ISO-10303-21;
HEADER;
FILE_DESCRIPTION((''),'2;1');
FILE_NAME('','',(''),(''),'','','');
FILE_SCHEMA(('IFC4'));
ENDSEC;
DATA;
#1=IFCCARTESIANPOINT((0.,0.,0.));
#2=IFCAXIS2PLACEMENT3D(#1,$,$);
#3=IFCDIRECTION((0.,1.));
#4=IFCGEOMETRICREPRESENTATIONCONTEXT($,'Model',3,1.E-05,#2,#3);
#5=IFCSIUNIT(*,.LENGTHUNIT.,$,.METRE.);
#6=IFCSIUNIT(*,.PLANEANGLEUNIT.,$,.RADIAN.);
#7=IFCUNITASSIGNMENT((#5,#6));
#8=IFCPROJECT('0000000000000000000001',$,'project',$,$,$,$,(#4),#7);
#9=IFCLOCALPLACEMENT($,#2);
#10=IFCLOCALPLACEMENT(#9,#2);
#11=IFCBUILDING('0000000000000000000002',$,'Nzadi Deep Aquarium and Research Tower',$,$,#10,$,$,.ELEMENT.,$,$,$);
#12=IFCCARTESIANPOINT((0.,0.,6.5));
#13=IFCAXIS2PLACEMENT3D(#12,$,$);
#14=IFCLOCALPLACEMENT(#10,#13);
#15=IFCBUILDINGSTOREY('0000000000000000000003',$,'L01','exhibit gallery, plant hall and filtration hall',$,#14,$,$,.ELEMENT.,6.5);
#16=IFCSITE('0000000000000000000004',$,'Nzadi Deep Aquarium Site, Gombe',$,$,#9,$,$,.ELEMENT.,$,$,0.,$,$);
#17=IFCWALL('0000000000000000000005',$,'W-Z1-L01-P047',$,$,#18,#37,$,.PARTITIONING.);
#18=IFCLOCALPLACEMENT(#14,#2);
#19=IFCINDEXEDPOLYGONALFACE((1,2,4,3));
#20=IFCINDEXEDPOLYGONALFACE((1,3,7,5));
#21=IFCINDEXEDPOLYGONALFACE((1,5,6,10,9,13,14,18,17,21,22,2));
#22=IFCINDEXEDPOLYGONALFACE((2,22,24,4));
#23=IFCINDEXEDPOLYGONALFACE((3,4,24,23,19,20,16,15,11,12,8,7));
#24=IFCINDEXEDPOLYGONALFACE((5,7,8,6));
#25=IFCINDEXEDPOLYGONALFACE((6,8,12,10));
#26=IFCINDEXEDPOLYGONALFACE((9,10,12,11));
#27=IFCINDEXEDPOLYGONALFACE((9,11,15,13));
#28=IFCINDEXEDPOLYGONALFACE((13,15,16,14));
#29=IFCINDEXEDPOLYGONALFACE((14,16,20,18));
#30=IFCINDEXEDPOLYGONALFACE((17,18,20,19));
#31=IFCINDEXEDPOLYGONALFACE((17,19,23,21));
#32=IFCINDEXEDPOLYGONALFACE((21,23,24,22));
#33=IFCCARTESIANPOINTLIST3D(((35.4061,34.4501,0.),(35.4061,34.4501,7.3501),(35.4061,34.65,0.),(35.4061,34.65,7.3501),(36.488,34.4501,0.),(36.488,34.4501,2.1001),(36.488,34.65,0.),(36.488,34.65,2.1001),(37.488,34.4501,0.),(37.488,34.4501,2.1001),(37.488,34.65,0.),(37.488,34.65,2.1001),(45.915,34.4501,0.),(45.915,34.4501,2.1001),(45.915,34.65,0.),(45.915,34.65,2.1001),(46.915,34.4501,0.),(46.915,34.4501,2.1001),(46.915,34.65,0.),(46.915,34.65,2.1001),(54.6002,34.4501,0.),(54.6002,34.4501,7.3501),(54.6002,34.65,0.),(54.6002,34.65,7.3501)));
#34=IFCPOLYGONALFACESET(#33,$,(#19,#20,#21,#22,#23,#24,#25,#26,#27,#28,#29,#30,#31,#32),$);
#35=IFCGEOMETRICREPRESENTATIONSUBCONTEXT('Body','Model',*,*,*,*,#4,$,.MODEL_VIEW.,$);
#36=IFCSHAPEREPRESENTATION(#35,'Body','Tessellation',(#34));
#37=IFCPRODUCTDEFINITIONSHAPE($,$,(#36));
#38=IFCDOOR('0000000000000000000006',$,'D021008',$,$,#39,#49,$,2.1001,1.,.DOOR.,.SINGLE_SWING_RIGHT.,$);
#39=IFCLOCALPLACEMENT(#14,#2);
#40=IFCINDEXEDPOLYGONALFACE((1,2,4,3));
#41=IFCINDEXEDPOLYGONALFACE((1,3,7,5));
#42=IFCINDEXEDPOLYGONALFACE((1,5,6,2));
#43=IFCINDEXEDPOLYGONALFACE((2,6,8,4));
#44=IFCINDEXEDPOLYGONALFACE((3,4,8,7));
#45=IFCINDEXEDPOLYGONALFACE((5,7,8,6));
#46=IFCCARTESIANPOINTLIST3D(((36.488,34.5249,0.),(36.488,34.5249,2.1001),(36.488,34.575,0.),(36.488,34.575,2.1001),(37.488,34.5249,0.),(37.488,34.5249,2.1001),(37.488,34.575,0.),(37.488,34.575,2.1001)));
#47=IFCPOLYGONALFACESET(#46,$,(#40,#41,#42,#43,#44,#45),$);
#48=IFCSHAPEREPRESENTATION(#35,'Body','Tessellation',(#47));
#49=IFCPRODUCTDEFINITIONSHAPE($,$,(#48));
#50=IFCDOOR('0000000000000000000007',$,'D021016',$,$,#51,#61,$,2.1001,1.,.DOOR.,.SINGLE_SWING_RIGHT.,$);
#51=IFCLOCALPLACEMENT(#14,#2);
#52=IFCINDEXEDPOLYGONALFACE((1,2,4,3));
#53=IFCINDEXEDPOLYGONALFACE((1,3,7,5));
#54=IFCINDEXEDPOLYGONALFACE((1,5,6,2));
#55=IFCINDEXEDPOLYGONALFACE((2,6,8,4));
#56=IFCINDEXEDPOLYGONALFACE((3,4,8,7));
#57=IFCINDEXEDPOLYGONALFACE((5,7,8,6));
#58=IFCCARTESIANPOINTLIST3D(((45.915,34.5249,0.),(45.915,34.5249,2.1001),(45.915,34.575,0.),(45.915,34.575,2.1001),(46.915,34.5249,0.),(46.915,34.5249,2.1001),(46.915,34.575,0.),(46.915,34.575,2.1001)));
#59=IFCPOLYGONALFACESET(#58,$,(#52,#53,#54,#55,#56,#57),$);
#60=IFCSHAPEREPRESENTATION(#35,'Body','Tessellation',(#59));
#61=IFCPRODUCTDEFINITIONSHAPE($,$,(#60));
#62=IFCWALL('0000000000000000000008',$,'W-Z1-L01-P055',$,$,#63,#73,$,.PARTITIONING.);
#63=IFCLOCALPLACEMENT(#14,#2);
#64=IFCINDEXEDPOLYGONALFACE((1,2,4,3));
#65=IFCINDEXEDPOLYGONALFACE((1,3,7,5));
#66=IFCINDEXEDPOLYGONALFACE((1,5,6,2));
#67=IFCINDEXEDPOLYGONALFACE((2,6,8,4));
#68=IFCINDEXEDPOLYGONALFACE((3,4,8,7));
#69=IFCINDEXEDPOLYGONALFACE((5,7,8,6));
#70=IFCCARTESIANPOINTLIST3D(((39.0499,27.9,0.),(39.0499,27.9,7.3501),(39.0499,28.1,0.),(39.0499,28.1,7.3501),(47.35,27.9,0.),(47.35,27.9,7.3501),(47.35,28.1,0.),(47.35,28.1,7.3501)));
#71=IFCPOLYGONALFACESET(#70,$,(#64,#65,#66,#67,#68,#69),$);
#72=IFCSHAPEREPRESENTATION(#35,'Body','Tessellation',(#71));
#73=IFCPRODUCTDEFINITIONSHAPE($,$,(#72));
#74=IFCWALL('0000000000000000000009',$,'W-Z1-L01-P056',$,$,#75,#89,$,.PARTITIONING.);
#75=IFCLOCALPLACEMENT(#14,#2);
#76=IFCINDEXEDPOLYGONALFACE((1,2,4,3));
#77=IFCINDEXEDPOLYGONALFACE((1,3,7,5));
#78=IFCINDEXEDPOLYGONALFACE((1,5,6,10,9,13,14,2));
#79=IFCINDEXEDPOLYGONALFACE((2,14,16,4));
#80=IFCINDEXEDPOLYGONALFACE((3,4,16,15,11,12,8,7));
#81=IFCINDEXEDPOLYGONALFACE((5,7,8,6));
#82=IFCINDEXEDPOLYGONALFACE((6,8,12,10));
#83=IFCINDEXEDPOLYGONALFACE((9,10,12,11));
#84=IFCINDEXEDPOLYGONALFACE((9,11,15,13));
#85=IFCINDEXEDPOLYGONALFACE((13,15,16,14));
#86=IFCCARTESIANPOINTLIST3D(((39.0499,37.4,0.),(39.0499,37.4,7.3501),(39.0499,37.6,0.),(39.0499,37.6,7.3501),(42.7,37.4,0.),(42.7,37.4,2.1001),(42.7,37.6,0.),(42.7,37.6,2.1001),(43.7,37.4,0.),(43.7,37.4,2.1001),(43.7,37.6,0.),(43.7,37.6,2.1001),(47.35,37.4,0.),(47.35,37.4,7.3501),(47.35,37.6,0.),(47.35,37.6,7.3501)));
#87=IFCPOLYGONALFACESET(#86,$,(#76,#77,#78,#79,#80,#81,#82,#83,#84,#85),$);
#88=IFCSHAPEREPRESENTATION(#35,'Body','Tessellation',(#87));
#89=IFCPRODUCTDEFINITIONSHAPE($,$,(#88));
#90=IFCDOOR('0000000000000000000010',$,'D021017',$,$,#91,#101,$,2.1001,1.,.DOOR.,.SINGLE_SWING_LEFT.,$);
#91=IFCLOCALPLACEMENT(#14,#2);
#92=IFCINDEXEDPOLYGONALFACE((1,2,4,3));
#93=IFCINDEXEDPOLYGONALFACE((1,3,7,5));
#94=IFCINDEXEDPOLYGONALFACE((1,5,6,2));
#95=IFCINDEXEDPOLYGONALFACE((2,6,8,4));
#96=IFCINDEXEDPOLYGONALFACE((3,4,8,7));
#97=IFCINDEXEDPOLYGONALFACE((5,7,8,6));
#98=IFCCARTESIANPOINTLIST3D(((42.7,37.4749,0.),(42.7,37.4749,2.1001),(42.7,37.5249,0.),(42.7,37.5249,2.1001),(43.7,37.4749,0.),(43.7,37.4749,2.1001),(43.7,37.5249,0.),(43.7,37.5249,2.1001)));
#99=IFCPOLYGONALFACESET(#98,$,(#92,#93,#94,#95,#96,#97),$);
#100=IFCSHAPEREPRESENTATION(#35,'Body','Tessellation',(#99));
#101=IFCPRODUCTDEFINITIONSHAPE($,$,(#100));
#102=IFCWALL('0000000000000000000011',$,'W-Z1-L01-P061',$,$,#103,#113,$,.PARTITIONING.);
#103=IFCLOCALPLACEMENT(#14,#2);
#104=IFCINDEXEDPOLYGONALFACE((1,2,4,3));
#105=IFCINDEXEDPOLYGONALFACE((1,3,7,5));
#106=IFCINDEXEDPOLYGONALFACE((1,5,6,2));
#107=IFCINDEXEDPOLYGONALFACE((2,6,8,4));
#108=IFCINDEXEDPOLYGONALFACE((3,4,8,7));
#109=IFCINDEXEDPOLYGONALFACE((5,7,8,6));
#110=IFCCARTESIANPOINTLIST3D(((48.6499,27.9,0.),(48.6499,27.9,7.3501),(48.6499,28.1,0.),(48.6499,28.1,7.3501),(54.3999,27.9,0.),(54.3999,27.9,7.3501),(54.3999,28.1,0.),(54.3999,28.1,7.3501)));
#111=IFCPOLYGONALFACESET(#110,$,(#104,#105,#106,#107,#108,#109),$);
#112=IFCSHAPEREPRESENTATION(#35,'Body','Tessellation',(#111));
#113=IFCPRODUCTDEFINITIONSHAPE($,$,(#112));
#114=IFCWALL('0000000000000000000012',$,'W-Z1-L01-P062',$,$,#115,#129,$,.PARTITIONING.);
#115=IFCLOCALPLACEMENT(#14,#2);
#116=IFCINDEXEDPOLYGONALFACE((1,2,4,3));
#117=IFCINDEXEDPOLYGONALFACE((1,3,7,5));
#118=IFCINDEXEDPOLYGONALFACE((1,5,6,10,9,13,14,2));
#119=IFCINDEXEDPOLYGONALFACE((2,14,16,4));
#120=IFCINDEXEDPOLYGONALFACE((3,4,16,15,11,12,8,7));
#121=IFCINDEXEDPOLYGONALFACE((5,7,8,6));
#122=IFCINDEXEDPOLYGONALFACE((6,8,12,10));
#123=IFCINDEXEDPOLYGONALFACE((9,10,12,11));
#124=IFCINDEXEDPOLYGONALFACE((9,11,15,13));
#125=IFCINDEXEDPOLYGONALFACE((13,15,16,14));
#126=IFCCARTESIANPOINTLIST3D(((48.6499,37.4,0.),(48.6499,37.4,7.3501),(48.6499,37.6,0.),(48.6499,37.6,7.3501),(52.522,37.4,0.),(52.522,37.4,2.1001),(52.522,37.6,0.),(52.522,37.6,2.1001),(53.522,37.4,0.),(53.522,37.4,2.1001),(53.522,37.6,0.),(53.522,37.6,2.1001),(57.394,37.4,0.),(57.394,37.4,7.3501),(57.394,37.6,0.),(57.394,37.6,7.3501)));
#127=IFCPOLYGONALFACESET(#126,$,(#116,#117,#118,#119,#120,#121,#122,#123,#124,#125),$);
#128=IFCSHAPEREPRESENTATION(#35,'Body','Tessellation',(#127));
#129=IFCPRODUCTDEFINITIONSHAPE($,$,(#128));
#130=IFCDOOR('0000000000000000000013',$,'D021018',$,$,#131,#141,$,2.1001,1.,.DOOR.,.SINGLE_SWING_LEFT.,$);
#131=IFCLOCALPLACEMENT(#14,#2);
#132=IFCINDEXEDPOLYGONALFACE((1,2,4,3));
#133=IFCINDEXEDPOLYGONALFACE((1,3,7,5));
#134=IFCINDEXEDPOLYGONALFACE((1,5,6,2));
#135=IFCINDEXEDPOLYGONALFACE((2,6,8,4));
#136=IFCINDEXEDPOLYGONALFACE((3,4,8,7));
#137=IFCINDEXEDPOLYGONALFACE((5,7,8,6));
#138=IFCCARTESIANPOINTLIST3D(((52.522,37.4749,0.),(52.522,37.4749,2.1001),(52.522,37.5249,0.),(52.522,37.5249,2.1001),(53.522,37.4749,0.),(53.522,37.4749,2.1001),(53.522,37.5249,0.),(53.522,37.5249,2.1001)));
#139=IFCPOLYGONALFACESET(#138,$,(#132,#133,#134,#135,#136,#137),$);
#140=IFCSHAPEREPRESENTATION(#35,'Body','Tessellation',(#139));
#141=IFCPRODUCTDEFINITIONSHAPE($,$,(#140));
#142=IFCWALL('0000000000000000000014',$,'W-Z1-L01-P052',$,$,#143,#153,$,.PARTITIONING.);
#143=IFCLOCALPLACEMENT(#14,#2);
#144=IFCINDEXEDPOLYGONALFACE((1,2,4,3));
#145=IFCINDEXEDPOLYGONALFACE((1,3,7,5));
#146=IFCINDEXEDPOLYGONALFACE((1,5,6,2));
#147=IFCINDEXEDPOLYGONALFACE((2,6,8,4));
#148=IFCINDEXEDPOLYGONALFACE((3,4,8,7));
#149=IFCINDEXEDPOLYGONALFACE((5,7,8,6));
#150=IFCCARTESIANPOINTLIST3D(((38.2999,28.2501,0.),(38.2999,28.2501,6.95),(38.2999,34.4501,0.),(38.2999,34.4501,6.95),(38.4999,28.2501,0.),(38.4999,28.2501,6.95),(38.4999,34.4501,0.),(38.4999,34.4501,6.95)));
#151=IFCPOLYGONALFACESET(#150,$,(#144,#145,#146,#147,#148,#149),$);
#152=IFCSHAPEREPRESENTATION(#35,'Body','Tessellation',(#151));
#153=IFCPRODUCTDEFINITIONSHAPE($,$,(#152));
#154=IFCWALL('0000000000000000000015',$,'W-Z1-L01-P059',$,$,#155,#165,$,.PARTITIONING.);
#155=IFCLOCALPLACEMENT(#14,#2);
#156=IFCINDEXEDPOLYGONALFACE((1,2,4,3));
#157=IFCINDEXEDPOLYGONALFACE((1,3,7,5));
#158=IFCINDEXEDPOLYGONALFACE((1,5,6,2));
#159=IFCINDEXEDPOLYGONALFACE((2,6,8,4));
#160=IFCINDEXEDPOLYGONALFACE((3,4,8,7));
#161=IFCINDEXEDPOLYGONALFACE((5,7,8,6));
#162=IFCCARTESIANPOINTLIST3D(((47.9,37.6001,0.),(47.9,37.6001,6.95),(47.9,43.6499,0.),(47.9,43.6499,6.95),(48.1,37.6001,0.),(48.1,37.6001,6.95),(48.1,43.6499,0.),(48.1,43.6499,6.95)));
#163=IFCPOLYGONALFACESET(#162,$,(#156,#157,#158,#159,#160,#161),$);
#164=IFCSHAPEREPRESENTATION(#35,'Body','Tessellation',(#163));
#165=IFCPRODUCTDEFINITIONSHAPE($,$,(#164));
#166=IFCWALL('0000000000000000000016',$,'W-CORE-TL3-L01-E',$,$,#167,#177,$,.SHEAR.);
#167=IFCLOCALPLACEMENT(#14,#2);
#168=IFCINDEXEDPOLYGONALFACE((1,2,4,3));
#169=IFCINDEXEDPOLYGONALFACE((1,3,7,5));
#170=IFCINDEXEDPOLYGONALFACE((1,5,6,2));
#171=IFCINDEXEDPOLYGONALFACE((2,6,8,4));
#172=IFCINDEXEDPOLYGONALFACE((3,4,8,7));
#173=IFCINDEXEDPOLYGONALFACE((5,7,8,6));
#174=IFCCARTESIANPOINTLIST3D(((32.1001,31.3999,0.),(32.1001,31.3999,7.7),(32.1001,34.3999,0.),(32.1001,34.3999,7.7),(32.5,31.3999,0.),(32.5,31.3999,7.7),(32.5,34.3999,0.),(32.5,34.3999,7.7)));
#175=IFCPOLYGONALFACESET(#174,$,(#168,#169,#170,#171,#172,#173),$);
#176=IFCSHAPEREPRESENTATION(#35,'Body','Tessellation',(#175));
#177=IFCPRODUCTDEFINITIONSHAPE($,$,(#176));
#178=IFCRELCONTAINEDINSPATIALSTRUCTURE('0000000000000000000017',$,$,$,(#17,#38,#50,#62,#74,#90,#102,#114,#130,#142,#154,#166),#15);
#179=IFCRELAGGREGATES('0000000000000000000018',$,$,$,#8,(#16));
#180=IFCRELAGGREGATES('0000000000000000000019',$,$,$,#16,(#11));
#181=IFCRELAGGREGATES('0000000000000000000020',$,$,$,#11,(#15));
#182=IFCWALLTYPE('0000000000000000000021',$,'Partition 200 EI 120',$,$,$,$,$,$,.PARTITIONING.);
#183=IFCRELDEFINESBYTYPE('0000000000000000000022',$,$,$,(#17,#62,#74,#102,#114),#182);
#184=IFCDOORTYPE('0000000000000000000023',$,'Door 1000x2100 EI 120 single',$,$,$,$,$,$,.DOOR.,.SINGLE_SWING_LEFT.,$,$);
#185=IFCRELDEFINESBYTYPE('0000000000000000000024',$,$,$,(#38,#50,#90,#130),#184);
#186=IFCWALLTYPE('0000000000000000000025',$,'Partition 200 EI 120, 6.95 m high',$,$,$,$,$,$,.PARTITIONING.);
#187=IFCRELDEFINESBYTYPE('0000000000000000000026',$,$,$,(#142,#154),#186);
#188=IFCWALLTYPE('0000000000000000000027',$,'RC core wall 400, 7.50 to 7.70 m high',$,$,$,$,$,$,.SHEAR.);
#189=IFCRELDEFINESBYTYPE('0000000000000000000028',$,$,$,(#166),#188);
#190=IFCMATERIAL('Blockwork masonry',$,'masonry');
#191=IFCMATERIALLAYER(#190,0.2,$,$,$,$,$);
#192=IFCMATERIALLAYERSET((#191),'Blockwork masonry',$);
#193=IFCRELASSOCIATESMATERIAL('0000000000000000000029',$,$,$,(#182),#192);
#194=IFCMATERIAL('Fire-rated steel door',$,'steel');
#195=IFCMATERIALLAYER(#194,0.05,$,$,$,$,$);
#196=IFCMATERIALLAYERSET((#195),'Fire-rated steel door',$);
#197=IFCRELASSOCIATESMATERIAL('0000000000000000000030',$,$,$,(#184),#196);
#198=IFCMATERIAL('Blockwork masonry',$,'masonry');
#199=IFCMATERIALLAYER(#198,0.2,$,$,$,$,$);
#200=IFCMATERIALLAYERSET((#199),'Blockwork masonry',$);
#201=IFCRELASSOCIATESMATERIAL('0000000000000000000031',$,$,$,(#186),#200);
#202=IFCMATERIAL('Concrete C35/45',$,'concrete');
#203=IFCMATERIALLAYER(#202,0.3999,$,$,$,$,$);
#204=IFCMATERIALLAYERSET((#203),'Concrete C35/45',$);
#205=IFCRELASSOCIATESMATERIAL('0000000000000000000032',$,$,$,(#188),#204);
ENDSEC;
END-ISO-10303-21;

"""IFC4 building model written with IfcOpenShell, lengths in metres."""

from ifc_helpers import new_model, si_unit, direction, frame, frame_2d, origin, place, context, subcontext, project, spatial, rectangle, extrude, material, layer, layer_set, type_object, element, fill, save


model = new_model("IFC4")

# Units and contexts
model_context = context("Model", 3, precision=1e-05, world=origin(), true_north=direction((0.0, 1.0)))
body_context = subcontext(model_context, "Body", "Model", "MODEL_VIEW")
ifc_project = project(units=[si_unit("LENGTHUNIT", "METRE"), si_unit("PLANEANGLEUNIT", "RADIAN")], contexts=[model_context])

# Site, building, storey
site_placement = place(None, origin())
site = spatial("IfcSite", under=ifc_project, at=site_placement, Name="Nzadi Deep Aquarium Site, Gombe", CompositionType="ELEMENT", RefElevation=0.0)
building_placement = place(site_placement, origin())
building = spatial("IfcBuilding", under=site, at=building_placement, Name="Nzadi Deep Aquarium and Research Tower", CompositionType="ELEMENT")
storey_placement = place(building_placement, frame((0.0, 0.0, 6.5)))
storey = spatial("IfcBuildingStorey", under=building, at=storey_placement, Name="L01", Description="exhibit gallery, plant hall and filtration hall", CompositionType="ELEMENT", Elevation=6.5)

# Shared definitions
ifc_material_1 = material(Name="Blockwork masonry", Category="masonry")
ifc_layer_1 = layer(ifc_material_1, 0.2)
ifc_layer_set_1 = layer_set([ifc_layer_1], Name="Blockwork masonry")
wall_type_1 = type_object("IfcWallType", Name="Partition 200 EI 120", PredefinedType="PARTITIONING", material=ifc_layer_set_1)

# Wall, openings, doors
wall_1_placement = place(storey_placement, frame((35.406, 34.55, 0.0), z_axis=(0.0, 0.0, 1.0), x_axis=(1.0, 0.0, 0.0)))
wall_1 = element("IfcWall", 1, at=wall_1_placement, inside=storey, type_object=wall_type_1, Name="W-Z1-L01-P047", PredefinedType="PARTITIONING", context=body_context, shape_type="SweptSolid", body=[
    extrude(rectangle(XDim=19.1941, YDim=0.2, at=frame_2d((9.5972, 0.0))), origin(), (0.0, 0.0, 1.0), 7.3501),
])
opening_1_placement = place(wall_1_placement, frame((1.082, 0.0, 0.0)))
opening_1 = element("IfcOpeningElement", 2, at=opening_1_placement, cuts=wall_1, PredefinedType="OPENING", context=body_context, shape_type="SweptSolid", body=[
    extrude(rectangle(XDim=1.0, YDim=2.1001, at=frame_2d((0.5, 1.05))), frame((0.0, 0.1101, 0.0), z_axis=(0.0, -1.0, 0.0), x_axis=(1.0, 0.0, 0.0)), (0.0, 0.0, 1.0), 0.2202),
])
opening_2_placement = place(wall_1_placement, frame((10.509, 0.0, 0.0)))
opening_2 = element("IfcOpeningElement", 3, at=opening_2_placement, cuts=wall_1, PredefinedType="OPENING", context=body_context, shape_type="SweptSolid", body=[
    extrude(rectangle(XDim=1.0, YDim=2.1001, at=frame_2d((0.5, 1.05))), frame((0.0, 0.1101, 0.0), z_axis=(0.0, -1.0, 0.0), x_axis=(1.0, 0.0, 0.0)), (0.0, 0.0, 1.0), 0.2202),
])
ifc_material_2 = material(Name="Fire-rated steel door", Category="steel")
ifc_layer_2 = layer(ifc_material_2, 0.05)
ifc_layer_set_2 = layer_set([ifc_layer_2], Name="Fire-rated steel door")
door_type_1 = type_object("IfcDoorType", Name="Door 1000x2100 EI 120 single", OperationType="SINGLE_SWING_LEFT", PredefinedType="DOOR", material=ifc_layer_set_2)
door_1_placement = place(opening_1_placement, origin())
door_1 = element("IfcDoor", 4, at=door_1_placement, inside=storey, type_object=door_type_1, Name="D021008", OperationType="SINGLE_SWING_RIGHT", OverallHeight=2.1001, OverallWidth=1.0, PredefinedType="DOOR", context=body_context, shape_type="SweptSolid", body=[
    extrude(rectangle(XDim=1.0, YDim=2.1001, at=frame_2d((0.5, 1.05))), frame((0.0, 0.0249, 0.0), z_axis=(0.0, -1.0, 0.0), x_axis=(1.0, 0.0, 0.0)), (0.0, 0.0, 1.0), 0.05),
])
fill(opening_1, door_1)
door_2_placement = place(opening_2_placement, origin())
door_2 = element("IfcDoor", 5, at=door_2_placement, inside=storey, type_object=door_type_1, Name="D021016", OperationType="SINGLE_SWING_RIGHT", OverallHeight=2.1001, OverallWidth=1.0, PredefinedType="DOOR", context=body_context, shape_type="SweptSolid", body=[
    extrude(rectangle(XDim=1.0, YDim=2.1001, at=frame_2d((0.5, 1.05))), frame((0.0, 0.0249, 0.0), z_axis=(0.0, -1.0, 0.0), x_axis=(1.0, 0.0, 0.0)), (0.0, 0.0, 1.0), 0.05),
])
fill(opening_2, door_2)

# Wall
wall_2_placement = place(storey_placement, frame((39.05, 28.0, 0.0), z_axis=(0.0, 0.0, 1.0), x_axis=(1.0, 0.0, 0.0)))
element("IfcWall", 6, at=wall_2_placement, inside=storey, type_object=wall_type_1, Name="W-Z1-L01-P055", PredefinedType="PARTITIONING", context=body_context, shape_type="SweptSolid", body=[
    extrude(rectangle(XDim=8.3, YDim=0.2, at=frame_2d((4.1499, 0.0))), origin(), (0.0, 0.0, 1.0), 7.3501),
])

# Wall, opening, door
wall_3_placement = place(storey_placement, frame((39.05, 37.5, 0.0), z_axis=(0.0, 0.0, 1.0), x_axis=(1.0, 0.0, 0.0)))
wall_3 = element("IfcWall", 7, at=wall_3_placement, inside=storey, type_object=wall_type_1, Name="W-Z1-L01-P056", PredefinedType="PARTITIONING", context=body_context, shape_type="SweptSolid", body=[
    extrude(rectangle(XDim=8.3, YDim=0.2, at=frame_2d((4.1499, 0.0))), origin(), (0.0, 0.0, 1.0), 7.3501),
])
opening_3_placement = place(wall_3_placement, frame((3.6499, 0.0, 0.0)))
opening_3 = element("IfcOpeningElement", 8, at=opening_3_placement, cuts=wall_3, PredefinedType="OPENING", context=body_context, shape_type="SweptSolid", body=[
    extrude(rectangle(XDim=1.0, YDim=2.1001, at=frame_2d((0.5, 1.05))), frame((0.0, 0.1101, 0.0), z_axis=(0.0, -1.0, 0.0), x_axis=(1.0, 0.0, 0.0)), (0.0, 0.0, 1.0), 0.2202),
])
door_3_placement = place(opening_3_placement, origin())
door_3 = element("IfcDoor", 9, at=door_3_placement, inside=storey, type_object=door_type_1, Name="D021017", OperationType="SINGLE_SWING_LEFT", OverallHeight=2.1001, OverallWidth=1.0, PredefinedType="DOOR", context=body_context, shape_type="SweptSolid", body=[
    extrude(rectangle(XDim=1.0, YDim=2.1001, at=frame_2d((0.5, 1.05))), frame((0.0, 0.0249, 0.0), z_axis=(0.0, -1.0, 0.0), x_axis=(1.0, 0.0, 0.0)), (0.0, 0.0, 1.0), 0.05),
])
fill(opening_3, door_3)

# Wall
wall_4_placement = place(storey_placement, frame((48.6499, 28.0, 0.0), z_axis=(0.0, 0.0, 1.0), x_axis=(1.0, 0.0, 0.0)))
element("IfcWall", 10, at=wall_4_placement, inside=storey, type_object=wall_type_1, Name="W-Z1-L01-P061", PredefinedType="PARTITIONING", context=body_context, shape_type="SweptSolid", body=[
    extrude(rectangle(XDim=5.75, YDim=0.2, at=frame_2d((2.875, 0.0))), origin(), (0.0, 0.0, 1.0), 7.3501),
])

# Wall, opening, door
wall_5_placement = place(storey_placement, frame((48.6499, 37.5, 0.0), z_axis=(0.0, 0.0, 1.0), x_axis=(1.0, 0.0, 0.0)))
wall_5 = element("IfcWall", 11, at=wall_5_placement, inside=storey, type_object=wall_type_1, Name="W-Z1-L01-P062", PredefinedType="PARTITIONING", context=body_context, shape_type="SweptSolid", body=[
    extrude(rectangle(XDim=8.7441, YDim=0.2, at=frame_2d((4.3721, 0.0))), origin(), (0.0, 0.0, 1.0), 7.3501),
])
opening_4_placement = place(wall_5_placement, frame((3.8721, 0.0, 0.0)))
opening_4 = element("IfcOpeningElement", 12, at=opening_4_placement, cuts=wall_5, PredefinedType="OPENING", context=body_context, shape_type="SweptSolid", body=[
    extrude(rectangle(XDim=1.0, YDim=2.1001, at=frame_2d((0.5, 1.05))), frame((0.0, 0.1101, 0.0), z_axis=(0.0, -1.0, 0.0), x_axis=(1.0, 0.0, 0.0)), (0.0, 0.0, 1.0), 0.2202),
])
door_4_placement = place(opening_4_placement, origin())
door_4 = element("IfcDoor", 13, at=door_4_placement, inside=storey, type_object=door_type_1, Name="D021018", OperationType="SINGLE_SWING_LEFT", OverallHeight=2.1001, OverallWidth=1.0, PredefinedType="DOOR", context=body_context, shape_type="SweptSolid", body=[
    extrude(rectangle(XDim=1.0, YDim=2.1001, at=frame_2d((0.5, 1.05))), frame((0.0, 0.0249, 0.0), z_axis=(0.0, -1.0, 0.0), x_axis=(1.0, 0.0, 0.0)), (0.0, 0.0, 1.0), 0.05),
])
fill(opening_4, door_4)

# Walls
ifc_material_3 = material(Name="Blockwork masonry", Category="masonry")
ifc_layer_3 = layer(ifc_material_3, 0.2)
ifc_layer_set_3 = layer_set([ifc_layer_3], Name="Blockwork masonry")
wall_type_2 = type_object("IfcWallType", Name="Partition 200 EI 120, 6.95 m high", PredefinedType="PARTITIONING", material=ifc_layer_set_3)
wall_6_placement = place(storey_placement, frame((38.3999, 28.25, 0.0), z_axis=(0.0, 0.0, 1.0), x_axis=(0.0, 1.0, 0.0)))
element("IfcWall", 14, at=wall_6_placement, inside=storey, type_object=wall_type_2, Name="W-Z1-L01-P052", PredefinedType="PARTITIONING", context=body_context, shape_type="SweptSolid", body=[
    extrude(rectangle(XDim=6.2, YDim=0.2, at=frame_2d((3.1001, 0.0))), origin(), (0.0, 0.0, 1.0), 6.95),
])
wall_7_placement = place(storey_placement, frame((48.0, 37.6001, 0.0), z_axis=(0.0, 0.0, 1.0), x_axis=(0.0, 1.0, 0.0)))
element("IfcWall", 15, at=wall_7_placement, inside=storey, type_object=wall_type_2, Name="W-Z1-L01-P059", PredefinedType="PARTITIONING", context=body_context, shape_type="SweptSolid", body=[
    extrude(rectangle(XDim=6.0498, YDim=0.2, at=frame_2d((3.0249, 0.0))), origin(), (0.0, 0.0, 1.0), 6.95),
])
ifc_material_4 = material(Name="Concrete C35/45", Category="concrete")
ifc_layer_4 = layer(ifc_material_4, 0.3999)
ifc_layer_set_4 = layer_set([ifc_layer_4], Name="Concrete C35/45")
wall_type_3 = type_object("IfcWallType", Name="RC core wall 400, 7.50 to 7.70 m high", PredefinedType="SHEAR", material=ifc_layer_set_4)
wall_8_placement = place(storey_placement, frame((32.3, 31.3999, 0.0), z_axis=(0.0, 0.0, 1.0), x_axis=(0.0, 1.0, 0.0)))
element("IfcWall", 16, at=wall_8_placement, inside=storey, type_object=wall_type_3, Name="W-CORE-TL3-L01-E", PredefinedType="SHEAR", context=body_context, shape_type="SweptSolid", body=[
    extrude(rectangle(XDim=3.0, YDim=0.3999, at=frame_2d((1.5, 0.0))), origin(), (0.0, 0.0, 1.0), 7.7),
])

save(model, "model.ifc")
